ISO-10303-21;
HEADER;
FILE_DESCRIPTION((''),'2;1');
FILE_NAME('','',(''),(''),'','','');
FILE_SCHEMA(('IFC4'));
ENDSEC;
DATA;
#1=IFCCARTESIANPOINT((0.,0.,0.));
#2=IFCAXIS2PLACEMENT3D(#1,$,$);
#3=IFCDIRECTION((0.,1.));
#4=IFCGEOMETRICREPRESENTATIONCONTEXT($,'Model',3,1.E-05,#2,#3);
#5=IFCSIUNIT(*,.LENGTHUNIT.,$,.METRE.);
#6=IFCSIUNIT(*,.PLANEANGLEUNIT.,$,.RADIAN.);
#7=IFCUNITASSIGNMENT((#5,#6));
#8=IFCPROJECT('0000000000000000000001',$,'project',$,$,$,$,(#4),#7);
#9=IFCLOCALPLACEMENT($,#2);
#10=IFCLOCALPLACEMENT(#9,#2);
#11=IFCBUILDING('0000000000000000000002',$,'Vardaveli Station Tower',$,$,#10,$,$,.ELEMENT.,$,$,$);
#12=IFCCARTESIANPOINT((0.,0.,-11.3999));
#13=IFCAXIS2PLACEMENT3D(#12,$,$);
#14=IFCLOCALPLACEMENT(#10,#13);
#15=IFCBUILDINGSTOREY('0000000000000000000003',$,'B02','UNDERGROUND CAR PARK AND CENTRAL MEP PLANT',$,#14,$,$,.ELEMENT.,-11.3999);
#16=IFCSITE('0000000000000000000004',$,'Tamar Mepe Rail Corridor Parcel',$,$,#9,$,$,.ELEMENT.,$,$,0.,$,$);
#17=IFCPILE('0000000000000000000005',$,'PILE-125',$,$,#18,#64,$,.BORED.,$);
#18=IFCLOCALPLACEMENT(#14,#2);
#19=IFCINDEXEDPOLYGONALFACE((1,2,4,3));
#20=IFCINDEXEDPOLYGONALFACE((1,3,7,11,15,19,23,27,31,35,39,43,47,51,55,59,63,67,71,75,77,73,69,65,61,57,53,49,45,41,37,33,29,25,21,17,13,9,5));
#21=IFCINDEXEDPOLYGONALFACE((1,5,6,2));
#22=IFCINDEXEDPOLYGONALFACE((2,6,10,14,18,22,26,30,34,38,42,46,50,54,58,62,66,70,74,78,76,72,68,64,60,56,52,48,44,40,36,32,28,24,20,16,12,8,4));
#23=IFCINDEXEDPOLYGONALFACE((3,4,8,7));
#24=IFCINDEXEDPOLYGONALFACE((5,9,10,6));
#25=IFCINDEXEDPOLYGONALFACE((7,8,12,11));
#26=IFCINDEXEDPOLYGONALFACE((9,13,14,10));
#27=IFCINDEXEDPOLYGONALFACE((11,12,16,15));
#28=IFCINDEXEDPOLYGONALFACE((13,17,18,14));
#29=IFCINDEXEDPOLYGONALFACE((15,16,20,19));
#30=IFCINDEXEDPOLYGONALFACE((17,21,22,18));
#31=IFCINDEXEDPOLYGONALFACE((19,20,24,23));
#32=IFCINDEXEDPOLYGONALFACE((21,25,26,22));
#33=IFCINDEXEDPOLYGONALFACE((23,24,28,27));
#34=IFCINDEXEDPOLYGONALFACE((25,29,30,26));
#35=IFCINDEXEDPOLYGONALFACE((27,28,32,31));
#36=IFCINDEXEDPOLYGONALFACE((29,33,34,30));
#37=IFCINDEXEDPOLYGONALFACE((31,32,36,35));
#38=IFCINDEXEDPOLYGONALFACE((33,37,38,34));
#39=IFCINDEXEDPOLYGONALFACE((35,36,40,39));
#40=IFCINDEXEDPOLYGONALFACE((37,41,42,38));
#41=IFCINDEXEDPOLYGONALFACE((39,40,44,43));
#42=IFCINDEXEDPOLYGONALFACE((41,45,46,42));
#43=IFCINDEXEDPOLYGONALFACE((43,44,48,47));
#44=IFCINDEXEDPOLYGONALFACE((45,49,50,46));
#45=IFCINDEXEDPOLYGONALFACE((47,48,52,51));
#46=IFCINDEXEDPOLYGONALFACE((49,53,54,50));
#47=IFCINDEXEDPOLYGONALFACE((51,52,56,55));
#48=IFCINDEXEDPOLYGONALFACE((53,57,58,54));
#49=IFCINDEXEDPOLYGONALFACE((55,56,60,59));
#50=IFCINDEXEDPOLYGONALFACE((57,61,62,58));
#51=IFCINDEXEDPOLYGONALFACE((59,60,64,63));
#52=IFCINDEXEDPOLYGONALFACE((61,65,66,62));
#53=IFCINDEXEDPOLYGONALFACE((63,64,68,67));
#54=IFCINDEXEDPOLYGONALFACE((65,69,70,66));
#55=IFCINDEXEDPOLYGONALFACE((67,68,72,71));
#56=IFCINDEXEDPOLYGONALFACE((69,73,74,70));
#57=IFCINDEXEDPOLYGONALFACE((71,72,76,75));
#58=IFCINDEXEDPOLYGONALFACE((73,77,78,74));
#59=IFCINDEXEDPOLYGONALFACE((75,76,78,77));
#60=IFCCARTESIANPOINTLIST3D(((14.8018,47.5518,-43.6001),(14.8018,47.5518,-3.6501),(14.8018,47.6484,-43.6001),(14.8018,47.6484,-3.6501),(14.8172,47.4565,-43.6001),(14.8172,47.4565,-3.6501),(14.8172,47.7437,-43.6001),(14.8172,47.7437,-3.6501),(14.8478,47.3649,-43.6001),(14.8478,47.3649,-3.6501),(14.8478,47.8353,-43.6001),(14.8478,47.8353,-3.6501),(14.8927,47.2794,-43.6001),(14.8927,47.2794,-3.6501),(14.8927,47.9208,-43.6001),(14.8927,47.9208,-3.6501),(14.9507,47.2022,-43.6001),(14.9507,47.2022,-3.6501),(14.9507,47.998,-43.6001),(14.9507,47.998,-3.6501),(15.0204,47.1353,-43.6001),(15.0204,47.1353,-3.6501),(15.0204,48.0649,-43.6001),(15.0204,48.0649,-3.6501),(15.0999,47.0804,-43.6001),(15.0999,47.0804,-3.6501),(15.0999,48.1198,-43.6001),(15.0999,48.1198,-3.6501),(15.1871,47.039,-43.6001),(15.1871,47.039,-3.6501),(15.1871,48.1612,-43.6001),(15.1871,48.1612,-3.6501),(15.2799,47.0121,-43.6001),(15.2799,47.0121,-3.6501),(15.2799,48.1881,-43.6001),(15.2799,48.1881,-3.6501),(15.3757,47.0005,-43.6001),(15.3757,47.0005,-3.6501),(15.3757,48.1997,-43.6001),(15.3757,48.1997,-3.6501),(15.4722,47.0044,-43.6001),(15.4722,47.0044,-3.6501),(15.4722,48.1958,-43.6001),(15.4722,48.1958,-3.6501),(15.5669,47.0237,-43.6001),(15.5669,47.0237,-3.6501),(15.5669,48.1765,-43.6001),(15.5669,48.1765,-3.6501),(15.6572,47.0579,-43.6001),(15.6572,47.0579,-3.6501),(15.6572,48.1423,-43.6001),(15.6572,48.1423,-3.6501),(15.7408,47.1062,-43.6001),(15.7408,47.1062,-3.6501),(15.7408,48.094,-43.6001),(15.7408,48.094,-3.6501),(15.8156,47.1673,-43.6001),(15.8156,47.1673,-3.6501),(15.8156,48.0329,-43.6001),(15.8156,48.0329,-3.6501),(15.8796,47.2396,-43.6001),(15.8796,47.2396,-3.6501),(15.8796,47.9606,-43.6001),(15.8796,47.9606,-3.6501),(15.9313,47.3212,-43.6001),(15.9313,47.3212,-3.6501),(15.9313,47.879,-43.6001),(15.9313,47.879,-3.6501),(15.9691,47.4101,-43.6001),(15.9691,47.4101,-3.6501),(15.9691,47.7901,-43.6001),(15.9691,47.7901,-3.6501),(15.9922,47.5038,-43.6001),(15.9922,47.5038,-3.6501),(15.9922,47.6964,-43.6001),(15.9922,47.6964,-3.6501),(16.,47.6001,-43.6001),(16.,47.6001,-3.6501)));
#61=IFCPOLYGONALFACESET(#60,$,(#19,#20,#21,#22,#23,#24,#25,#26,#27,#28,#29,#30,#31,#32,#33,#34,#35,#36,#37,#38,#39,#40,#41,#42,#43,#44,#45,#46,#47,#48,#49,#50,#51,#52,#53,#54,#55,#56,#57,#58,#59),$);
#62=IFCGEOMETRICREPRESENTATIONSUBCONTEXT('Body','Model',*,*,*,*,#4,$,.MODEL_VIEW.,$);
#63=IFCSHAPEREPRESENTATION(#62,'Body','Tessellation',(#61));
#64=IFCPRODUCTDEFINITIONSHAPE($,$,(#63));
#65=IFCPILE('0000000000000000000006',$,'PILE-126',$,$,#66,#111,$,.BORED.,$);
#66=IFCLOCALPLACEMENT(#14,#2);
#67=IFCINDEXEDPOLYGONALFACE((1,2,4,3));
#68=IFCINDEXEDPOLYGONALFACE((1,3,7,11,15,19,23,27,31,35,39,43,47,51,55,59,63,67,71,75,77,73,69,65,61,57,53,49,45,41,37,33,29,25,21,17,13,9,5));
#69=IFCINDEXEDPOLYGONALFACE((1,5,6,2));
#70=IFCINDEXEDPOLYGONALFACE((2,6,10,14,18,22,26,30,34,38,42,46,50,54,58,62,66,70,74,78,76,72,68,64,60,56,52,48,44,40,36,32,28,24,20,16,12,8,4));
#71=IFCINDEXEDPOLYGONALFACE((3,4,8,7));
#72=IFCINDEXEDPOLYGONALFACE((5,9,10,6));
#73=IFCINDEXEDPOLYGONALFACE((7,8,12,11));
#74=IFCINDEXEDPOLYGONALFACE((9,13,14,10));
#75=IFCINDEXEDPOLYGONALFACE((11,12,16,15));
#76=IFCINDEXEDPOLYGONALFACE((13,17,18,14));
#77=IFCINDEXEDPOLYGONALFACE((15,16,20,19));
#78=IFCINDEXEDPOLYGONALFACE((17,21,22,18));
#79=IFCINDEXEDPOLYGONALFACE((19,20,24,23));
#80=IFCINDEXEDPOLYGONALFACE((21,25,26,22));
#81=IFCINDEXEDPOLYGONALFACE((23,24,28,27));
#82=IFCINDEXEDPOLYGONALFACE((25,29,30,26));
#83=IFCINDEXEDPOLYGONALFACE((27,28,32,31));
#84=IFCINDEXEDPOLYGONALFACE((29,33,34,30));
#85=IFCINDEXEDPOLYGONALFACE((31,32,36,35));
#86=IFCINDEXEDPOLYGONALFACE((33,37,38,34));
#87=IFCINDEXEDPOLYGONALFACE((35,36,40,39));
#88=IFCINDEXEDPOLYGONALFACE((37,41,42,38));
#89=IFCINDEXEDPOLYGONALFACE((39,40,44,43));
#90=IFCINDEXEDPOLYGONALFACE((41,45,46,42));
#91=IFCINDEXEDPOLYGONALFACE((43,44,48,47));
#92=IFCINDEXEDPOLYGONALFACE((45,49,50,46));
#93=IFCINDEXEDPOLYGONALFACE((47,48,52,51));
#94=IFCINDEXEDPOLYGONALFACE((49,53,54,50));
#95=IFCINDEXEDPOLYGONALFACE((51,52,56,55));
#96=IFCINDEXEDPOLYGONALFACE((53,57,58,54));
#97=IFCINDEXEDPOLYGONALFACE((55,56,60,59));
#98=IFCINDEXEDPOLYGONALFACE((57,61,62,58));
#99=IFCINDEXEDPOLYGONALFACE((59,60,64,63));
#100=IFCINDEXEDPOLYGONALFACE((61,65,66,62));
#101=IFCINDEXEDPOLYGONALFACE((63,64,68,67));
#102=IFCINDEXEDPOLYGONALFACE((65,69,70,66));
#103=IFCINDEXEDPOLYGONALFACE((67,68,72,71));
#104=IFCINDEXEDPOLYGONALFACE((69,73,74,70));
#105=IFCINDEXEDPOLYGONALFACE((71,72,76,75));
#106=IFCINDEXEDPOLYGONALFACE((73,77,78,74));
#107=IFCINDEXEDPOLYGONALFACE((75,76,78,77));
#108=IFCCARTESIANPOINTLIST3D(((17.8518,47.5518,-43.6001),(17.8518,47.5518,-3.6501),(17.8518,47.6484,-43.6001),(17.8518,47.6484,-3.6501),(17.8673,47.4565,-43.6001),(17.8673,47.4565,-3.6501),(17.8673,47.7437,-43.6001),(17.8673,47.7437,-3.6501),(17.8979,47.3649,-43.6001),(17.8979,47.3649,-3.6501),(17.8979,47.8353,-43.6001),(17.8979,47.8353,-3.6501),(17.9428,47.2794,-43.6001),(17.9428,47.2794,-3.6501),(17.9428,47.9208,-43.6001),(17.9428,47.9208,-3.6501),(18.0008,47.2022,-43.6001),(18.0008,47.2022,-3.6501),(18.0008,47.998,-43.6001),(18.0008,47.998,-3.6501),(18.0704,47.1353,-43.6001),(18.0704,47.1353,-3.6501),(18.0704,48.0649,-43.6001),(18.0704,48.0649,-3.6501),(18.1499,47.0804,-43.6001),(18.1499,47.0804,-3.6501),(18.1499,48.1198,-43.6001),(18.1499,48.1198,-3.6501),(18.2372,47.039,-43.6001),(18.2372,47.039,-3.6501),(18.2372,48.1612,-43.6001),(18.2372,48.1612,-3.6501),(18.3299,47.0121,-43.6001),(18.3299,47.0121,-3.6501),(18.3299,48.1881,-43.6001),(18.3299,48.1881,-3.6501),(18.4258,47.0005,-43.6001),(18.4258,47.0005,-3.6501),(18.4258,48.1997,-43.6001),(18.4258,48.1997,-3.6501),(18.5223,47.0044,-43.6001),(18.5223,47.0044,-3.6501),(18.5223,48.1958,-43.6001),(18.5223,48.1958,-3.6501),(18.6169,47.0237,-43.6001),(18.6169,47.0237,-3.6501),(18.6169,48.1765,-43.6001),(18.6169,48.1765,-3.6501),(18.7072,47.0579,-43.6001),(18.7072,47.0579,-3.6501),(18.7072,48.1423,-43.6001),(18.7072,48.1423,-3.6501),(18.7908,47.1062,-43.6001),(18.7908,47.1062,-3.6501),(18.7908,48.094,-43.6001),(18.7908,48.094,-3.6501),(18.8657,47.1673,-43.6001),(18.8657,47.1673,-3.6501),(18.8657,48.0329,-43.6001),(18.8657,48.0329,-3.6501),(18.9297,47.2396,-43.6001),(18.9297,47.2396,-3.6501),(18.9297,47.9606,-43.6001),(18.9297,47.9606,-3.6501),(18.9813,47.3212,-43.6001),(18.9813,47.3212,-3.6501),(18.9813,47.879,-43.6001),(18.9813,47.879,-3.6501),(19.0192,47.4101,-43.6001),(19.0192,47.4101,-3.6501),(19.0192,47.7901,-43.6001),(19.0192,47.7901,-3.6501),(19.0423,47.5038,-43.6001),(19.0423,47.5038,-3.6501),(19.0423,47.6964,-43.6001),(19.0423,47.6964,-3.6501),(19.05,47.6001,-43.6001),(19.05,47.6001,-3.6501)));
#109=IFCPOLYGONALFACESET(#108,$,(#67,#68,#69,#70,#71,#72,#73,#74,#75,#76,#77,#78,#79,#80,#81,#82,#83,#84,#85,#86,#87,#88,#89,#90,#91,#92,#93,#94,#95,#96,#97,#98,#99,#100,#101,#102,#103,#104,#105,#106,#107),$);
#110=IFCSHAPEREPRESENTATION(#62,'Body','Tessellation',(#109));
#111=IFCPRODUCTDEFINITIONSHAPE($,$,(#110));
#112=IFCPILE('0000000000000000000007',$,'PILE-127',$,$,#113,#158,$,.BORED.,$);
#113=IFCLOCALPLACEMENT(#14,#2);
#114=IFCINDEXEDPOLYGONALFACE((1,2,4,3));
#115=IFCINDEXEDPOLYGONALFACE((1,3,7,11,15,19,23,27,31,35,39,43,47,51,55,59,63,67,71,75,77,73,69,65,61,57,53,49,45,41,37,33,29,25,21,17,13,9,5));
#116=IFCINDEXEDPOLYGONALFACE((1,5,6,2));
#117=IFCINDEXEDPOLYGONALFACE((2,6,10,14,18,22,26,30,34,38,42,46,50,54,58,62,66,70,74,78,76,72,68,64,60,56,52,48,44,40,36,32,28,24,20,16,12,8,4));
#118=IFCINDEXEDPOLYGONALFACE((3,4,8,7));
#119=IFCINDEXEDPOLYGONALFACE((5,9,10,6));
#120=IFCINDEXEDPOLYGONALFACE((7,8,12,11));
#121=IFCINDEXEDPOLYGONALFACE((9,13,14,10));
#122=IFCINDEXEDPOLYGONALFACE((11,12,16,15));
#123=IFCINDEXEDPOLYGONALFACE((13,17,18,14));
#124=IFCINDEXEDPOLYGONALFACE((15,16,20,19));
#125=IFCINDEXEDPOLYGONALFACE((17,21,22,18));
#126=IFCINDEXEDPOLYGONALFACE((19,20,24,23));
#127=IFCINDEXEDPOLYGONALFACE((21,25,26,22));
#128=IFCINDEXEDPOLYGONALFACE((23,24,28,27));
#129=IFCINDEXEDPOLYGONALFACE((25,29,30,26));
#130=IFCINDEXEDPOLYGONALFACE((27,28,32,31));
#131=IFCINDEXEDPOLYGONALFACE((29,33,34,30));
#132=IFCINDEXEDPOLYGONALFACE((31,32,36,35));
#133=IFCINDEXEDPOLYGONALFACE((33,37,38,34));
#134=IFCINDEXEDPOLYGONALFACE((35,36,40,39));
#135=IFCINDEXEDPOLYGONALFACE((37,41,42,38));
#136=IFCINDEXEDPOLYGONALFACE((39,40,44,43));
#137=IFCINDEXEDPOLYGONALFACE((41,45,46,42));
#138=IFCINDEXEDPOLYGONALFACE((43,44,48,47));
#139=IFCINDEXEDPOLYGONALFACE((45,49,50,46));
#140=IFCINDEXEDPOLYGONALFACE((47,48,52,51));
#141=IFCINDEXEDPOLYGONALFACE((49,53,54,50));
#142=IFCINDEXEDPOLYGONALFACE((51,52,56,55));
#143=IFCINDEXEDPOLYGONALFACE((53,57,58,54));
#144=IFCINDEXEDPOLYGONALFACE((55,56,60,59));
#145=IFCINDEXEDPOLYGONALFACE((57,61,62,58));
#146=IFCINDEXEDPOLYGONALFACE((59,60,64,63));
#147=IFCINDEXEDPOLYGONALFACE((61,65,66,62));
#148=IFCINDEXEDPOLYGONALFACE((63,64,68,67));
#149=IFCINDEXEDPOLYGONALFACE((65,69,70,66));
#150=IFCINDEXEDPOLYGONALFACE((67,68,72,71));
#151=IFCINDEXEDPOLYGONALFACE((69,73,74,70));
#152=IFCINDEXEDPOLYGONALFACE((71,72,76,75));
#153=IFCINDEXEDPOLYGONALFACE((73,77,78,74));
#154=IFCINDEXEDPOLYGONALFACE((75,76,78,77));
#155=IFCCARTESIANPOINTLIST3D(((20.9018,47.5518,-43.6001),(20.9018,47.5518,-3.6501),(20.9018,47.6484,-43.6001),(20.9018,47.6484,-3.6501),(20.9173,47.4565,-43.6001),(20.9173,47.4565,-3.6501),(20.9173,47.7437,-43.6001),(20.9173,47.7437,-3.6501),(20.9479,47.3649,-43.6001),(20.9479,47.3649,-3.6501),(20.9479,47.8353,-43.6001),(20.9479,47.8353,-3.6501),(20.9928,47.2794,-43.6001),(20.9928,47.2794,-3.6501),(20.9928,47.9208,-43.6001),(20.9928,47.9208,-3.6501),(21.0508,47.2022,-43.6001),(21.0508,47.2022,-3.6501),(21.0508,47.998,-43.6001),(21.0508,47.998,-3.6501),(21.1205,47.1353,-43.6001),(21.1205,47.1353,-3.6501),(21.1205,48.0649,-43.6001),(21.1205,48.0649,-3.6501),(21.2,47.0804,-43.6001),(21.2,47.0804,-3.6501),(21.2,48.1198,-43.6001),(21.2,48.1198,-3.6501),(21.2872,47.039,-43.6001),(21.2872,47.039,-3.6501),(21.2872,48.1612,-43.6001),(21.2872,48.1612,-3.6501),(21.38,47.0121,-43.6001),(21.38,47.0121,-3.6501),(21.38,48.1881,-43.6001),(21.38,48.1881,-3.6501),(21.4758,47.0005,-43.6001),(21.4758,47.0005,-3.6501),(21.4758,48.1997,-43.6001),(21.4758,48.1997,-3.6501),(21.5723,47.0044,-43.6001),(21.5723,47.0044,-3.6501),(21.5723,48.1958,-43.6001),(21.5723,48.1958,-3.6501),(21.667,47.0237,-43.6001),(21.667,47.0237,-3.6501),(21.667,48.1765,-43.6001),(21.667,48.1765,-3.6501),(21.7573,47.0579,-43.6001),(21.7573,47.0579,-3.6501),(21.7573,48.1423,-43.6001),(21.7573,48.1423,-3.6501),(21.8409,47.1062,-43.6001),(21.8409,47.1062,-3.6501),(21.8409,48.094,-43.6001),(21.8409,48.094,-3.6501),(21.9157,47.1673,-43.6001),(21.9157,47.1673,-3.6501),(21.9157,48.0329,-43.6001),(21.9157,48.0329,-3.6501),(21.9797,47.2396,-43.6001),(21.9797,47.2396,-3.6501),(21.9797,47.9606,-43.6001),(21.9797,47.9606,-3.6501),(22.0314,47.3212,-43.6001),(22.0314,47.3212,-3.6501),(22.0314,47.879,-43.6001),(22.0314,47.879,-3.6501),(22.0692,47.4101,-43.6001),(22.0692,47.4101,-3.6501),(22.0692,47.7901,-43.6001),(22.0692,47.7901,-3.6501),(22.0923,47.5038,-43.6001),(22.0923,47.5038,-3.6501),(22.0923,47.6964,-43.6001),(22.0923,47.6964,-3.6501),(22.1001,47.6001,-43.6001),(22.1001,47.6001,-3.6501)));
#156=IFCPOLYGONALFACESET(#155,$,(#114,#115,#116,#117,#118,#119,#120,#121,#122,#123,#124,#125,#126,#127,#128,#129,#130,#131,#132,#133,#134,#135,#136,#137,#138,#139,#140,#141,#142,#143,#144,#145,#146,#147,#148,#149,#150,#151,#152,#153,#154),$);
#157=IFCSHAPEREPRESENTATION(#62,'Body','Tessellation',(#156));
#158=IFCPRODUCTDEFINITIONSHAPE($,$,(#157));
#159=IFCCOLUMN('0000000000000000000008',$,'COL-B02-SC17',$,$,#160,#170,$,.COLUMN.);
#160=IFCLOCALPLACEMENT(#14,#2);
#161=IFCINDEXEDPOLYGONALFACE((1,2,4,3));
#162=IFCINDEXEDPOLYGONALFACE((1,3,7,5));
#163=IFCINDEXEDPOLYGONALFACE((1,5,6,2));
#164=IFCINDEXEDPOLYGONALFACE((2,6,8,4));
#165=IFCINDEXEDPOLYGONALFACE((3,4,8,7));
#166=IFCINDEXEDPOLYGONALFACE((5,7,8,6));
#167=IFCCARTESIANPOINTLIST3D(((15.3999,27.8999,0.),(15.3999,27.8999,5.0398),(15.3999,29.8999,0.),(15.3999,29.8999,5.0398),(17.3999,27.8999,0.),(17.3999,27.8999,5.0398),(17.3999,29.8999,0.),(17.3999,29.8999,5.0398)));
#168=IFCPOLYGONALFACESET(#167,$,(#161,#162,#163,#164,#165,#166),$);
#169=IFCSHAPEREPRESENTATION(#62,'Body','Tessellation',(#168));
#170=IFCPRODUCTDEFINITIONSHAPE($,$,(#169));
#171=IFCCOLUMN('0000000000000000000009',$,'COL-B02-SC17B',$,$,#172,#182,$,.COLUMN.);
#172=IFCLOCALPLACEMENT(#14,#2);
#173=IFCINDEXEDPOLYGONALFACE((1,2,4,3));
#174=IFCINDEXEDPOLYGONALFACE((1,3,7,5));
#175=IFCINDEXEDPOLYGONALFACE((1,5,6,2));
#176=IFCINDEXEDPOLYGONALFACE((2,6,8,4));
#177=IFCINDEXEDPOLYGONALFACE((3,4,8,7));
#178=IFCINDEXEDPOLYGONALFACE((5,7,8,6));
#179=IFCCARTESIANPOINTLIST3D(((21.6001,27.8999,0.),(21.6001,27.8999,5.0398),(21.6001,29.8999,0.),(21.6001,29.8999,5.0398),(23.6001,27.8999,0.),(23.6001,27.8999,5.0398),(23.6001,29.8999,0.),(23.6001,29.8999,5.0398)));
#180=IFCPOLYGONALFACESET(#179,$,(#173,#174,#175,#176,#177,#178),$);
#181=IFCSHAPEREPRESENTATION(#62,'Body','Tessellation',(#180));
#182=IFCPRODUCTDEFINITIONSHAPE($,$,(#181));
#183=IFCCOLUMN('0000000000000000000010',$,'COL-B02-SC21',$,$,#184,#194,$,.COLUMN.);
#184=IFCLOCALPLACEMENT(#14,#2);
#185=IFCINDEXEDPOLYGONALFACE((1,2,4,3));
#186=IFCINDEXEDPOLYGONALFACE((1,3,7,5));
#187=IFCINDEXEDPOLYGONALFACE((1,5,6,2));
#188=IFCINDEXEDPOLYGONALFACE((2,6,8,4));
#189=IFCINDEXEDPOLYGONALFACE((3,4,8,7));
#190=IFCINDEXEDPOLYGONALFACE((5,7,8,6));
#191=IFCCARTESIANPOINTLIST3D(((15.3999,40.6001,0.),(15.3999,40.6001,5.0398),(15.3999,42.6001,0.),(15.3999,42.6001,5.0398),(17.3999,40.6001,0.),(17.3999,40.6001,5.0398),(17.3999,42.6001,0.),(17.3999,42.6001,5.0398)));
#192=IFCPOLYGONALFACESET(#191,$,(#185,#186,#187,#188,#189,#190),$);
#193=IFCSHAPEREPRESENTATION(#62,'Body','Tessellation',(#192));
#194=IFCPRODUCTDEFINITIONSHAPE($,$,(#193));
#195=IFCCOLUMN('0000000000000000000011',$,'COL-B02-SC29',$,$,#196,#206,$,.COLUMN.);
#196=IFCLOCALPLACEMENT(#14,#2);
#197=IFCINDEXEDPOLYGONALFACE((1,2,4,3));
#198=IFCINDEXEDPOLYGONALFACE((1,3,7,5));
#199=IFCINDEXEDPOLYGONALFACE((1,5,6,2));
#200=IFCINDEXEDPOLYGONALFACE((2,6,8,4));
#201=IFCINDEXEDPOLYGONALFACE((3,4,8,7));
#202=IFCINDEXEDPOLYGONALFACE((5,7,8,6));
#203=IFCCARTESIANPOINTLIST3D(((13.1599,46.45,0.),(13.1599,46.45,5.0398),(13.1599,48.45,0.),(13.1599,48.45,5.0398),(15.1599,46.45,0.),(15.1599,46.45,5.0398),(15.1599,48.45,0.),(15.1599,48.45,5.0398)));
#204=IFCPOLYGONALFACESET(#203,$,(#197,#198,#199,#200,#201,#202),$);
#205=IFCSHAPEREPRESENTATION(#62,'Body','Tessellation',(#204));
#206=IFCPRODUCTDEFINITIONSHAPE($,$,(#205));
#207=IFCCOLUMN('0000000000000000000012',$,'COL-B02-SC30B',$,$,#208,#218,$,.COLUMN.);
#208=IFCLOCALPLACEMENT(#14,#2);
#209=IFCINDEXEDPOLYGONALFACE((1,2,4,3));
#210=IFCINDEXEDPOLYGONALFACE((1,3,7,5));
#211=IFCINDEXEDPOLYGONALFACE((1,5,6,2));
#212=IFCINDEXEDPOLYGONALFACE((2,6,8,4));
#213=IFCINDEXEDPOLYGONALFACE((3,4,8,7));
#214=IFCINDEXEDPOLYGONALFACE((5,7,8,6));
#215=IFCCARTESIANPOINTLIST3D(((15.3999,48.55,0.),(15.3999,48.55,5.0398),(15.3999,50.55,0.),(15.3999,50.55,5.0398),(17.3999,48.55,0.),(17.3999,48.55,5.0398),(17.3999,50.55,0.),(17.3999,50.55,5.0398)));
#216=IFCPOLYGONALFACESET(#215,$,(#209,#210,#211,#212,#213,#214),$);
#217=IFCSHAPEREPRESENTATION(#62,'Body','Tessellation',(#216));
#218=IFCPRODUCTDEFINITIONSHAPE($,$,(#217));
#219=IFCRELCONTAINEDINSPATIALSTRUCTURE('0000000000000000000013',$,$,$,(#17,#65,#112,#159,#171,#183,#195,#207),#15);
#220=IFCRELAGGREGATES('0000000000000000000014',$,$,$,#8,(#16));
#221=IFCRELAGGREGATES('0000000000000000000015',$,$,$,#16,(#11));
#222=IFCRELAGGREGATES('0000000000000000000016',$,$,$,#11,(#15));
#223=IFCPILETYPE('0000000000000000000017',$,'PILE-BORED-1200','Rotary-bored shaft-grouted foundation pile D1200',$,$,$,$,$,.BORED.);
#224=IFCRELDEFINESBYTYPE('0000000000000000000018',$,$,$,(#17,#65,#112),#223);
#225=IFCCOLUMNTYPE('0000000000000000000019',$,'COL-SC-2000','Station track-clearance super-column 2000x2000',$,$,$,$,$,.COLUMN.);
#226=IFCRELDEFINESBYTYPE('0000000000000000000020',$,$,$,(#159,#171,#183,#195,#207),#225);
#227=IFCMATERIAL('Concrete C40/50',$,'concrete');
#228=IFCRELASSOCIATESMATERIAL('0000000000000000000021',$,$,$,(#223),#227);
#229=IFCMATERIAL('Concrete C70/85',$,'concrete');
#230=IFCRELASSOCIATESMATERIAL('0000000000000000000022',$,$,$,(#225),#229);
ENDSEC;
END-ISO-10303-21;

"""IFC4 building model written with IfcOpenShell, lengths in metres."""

from ifc_helpers import new_model, si_unit, direction, frame, origin, origin_2d, place, context, subcontext, project, spatial, rectangle, circle, extrude, source, transform, mapped, material, material_profile, profile_set, type_object, element, save


model = new_model("IFC4")

# Units and contexts
model_context = context("Model", 3, precision=1e-05, world=origin(), true_north=direction((0.0, 1.0)))
body_context = subcontext(model_context, "Body", "Model", "MODEL_VIEW")
ifc_project = project(units=[si_unit("LENGTHUNIT", "METRE"), si_unit("PLANEANGLEUNIT", "RADIAN")], contexts=[model_context])

# Site, building, storey
site_placement = place(None, origin())
site = spatial("IfcSite", under=ifc_project, at=site_placement, Name="Tamar Mepe Rail Corridor Parcel", CompositionType="ELEMENT", RefElevation=0.0)
building_placement = place(site_placement, origin())
building = spatial("IfcBuilding", under=site, at=building_placement, Name="Vardaveli Station Tower", CompositionType="ELEMENT")
storey_placement = place(building_placement, frame((0.0, 0.0, -11.3999)))
storey = spatial("IfcBuildingStorey", under=building, at=storey_placement, Name="B02", Description="UNDERGROUND CAR PARK AND CENTRAL MEP PLANT", CompositionType="ELEMENT", Elevation=-11.3999)

# Piles
ifc_material_1 = material(Name="Concrete C40/50", Category="concrete")
ifc_material_profile_1 = material_profile(ifc_material_1, circle(Radius=0.6001, at=origin_2d()), Name="PILE D1200")
ifc_profile_set_1 = profile_set([ifc_material_profile_1], Name="Concrete C40/50")
pile_type_1 = type_object("IfcPileType", Name="PILE-BORED-1200", Description="Rotary-bored shaft-grouted foundation pile D1200", PredefinedType="BORED", material=ifc_profile_set_1)
shared_shape_1 = source(origin(), body_context, "Body", "SweptSolid", [
    extrude(circle(Radius=0.6001, at=origin_2d()), origin(), (0.0, 0.0, 1.0), 39.95),
])
for number, where, z_axis, x_axis, name in (
    (1, (15.3999, 47.6001, -3.6501), (0.0, 0.0, -1.0), (1.0, 0.0, 0.0), "PILE-125"),
    (2, (18.45, 47.6001, -3.6501), (0.0, 0.0, -1.0), (1.0, 0.0, 0.0), "PILE-126"),
    (3, (21.5, 47.6001, -3.6501), (0.0, 0.0, -1.0), (1.0, 0.0, 0.0), "PILE-127"),
):
    element("IfcPile", number, at=place(storey_placement, frame(where, z_axis=z_axis, x_axis=x_axis)), inside=storey, type_object=pile_type_1, Name=name, PredefinedType="BORED", context=body_context, shape_type="MappedRepresentation", body=[
        mapped(shared_shape_1, transform((0.0, 0.0, 0.0), scale=1.0)),
    ])

# Columns
ifc_material_2 = material(Name="Concrete C70/85", Category="concrete")
ifc_material_profile_2 = material_profile(ifc_material_2, rectangle(XDim=2.0, YDim=2.0, at=origin_2d()), Name="SC 2000x2000")
ifc_profile_set_2 = profile_set([ifc_material_profile_2], Name="Concrete C70/85")
column_type = type_object("IfcColumnType", Name="COL-SC-2000", Description="Station track-clearance super-column 2000x2000", PredefinedType="COLUMN", material=ifc_profile_set_2)
shared_shape_2 = source(origin(), body_context, "Body", "SweptSolid", [
    extrude(rectangle(XDim=2.0, YDim=2.0, at=origin_2d()), origin(), (0.0, 0.0, 1.0), 5.0398),
])
for number, where, z_axis, x_axis, name in (
    (4, (16.3999, 28.8999, 0.0), (0.0, 0.0, 1.0), (1.0, 0.0, 0.0), "COL-B02-SC17"),
    (5, (22.6001, 28.8999, 0.0), (0.0, 0.0, 1.0), (1.0, 0.0, 0.0), "COL-B02-SC17B"),
    (6, (16.3999, 41.6001, 0.0), (0.0, 0.0, 1.0), (1.0, 0.0, 0.0), "COL-B02-SC21"),
    (7, (14.1599, 47.45, 0.0), (0.0, 0.0, 1.0), (1.0, 0.0, 0.0), "COL-B02-SC29"),
    (8, (16.3999, 49.55, 0.0), (0.0, 0.0, 1.0), (1.0, 0.0, 0.0), "COL-B02-SC30B"),
):
    element("IfcColumn", number, at=place(storey_placement, frame(where, z_axis=z_axis, x_axis=x_axis)), inside=storey, type_object=column_type, Name=name, PredefinedType="COLUMN", context=body_context, shape_type="MappedRepresentation", body=[
        mapped(shared_shape_2, transform((0.0, 0.0, 0.0), scale=1.0)),
    ])

save(model, "model.ifc")
